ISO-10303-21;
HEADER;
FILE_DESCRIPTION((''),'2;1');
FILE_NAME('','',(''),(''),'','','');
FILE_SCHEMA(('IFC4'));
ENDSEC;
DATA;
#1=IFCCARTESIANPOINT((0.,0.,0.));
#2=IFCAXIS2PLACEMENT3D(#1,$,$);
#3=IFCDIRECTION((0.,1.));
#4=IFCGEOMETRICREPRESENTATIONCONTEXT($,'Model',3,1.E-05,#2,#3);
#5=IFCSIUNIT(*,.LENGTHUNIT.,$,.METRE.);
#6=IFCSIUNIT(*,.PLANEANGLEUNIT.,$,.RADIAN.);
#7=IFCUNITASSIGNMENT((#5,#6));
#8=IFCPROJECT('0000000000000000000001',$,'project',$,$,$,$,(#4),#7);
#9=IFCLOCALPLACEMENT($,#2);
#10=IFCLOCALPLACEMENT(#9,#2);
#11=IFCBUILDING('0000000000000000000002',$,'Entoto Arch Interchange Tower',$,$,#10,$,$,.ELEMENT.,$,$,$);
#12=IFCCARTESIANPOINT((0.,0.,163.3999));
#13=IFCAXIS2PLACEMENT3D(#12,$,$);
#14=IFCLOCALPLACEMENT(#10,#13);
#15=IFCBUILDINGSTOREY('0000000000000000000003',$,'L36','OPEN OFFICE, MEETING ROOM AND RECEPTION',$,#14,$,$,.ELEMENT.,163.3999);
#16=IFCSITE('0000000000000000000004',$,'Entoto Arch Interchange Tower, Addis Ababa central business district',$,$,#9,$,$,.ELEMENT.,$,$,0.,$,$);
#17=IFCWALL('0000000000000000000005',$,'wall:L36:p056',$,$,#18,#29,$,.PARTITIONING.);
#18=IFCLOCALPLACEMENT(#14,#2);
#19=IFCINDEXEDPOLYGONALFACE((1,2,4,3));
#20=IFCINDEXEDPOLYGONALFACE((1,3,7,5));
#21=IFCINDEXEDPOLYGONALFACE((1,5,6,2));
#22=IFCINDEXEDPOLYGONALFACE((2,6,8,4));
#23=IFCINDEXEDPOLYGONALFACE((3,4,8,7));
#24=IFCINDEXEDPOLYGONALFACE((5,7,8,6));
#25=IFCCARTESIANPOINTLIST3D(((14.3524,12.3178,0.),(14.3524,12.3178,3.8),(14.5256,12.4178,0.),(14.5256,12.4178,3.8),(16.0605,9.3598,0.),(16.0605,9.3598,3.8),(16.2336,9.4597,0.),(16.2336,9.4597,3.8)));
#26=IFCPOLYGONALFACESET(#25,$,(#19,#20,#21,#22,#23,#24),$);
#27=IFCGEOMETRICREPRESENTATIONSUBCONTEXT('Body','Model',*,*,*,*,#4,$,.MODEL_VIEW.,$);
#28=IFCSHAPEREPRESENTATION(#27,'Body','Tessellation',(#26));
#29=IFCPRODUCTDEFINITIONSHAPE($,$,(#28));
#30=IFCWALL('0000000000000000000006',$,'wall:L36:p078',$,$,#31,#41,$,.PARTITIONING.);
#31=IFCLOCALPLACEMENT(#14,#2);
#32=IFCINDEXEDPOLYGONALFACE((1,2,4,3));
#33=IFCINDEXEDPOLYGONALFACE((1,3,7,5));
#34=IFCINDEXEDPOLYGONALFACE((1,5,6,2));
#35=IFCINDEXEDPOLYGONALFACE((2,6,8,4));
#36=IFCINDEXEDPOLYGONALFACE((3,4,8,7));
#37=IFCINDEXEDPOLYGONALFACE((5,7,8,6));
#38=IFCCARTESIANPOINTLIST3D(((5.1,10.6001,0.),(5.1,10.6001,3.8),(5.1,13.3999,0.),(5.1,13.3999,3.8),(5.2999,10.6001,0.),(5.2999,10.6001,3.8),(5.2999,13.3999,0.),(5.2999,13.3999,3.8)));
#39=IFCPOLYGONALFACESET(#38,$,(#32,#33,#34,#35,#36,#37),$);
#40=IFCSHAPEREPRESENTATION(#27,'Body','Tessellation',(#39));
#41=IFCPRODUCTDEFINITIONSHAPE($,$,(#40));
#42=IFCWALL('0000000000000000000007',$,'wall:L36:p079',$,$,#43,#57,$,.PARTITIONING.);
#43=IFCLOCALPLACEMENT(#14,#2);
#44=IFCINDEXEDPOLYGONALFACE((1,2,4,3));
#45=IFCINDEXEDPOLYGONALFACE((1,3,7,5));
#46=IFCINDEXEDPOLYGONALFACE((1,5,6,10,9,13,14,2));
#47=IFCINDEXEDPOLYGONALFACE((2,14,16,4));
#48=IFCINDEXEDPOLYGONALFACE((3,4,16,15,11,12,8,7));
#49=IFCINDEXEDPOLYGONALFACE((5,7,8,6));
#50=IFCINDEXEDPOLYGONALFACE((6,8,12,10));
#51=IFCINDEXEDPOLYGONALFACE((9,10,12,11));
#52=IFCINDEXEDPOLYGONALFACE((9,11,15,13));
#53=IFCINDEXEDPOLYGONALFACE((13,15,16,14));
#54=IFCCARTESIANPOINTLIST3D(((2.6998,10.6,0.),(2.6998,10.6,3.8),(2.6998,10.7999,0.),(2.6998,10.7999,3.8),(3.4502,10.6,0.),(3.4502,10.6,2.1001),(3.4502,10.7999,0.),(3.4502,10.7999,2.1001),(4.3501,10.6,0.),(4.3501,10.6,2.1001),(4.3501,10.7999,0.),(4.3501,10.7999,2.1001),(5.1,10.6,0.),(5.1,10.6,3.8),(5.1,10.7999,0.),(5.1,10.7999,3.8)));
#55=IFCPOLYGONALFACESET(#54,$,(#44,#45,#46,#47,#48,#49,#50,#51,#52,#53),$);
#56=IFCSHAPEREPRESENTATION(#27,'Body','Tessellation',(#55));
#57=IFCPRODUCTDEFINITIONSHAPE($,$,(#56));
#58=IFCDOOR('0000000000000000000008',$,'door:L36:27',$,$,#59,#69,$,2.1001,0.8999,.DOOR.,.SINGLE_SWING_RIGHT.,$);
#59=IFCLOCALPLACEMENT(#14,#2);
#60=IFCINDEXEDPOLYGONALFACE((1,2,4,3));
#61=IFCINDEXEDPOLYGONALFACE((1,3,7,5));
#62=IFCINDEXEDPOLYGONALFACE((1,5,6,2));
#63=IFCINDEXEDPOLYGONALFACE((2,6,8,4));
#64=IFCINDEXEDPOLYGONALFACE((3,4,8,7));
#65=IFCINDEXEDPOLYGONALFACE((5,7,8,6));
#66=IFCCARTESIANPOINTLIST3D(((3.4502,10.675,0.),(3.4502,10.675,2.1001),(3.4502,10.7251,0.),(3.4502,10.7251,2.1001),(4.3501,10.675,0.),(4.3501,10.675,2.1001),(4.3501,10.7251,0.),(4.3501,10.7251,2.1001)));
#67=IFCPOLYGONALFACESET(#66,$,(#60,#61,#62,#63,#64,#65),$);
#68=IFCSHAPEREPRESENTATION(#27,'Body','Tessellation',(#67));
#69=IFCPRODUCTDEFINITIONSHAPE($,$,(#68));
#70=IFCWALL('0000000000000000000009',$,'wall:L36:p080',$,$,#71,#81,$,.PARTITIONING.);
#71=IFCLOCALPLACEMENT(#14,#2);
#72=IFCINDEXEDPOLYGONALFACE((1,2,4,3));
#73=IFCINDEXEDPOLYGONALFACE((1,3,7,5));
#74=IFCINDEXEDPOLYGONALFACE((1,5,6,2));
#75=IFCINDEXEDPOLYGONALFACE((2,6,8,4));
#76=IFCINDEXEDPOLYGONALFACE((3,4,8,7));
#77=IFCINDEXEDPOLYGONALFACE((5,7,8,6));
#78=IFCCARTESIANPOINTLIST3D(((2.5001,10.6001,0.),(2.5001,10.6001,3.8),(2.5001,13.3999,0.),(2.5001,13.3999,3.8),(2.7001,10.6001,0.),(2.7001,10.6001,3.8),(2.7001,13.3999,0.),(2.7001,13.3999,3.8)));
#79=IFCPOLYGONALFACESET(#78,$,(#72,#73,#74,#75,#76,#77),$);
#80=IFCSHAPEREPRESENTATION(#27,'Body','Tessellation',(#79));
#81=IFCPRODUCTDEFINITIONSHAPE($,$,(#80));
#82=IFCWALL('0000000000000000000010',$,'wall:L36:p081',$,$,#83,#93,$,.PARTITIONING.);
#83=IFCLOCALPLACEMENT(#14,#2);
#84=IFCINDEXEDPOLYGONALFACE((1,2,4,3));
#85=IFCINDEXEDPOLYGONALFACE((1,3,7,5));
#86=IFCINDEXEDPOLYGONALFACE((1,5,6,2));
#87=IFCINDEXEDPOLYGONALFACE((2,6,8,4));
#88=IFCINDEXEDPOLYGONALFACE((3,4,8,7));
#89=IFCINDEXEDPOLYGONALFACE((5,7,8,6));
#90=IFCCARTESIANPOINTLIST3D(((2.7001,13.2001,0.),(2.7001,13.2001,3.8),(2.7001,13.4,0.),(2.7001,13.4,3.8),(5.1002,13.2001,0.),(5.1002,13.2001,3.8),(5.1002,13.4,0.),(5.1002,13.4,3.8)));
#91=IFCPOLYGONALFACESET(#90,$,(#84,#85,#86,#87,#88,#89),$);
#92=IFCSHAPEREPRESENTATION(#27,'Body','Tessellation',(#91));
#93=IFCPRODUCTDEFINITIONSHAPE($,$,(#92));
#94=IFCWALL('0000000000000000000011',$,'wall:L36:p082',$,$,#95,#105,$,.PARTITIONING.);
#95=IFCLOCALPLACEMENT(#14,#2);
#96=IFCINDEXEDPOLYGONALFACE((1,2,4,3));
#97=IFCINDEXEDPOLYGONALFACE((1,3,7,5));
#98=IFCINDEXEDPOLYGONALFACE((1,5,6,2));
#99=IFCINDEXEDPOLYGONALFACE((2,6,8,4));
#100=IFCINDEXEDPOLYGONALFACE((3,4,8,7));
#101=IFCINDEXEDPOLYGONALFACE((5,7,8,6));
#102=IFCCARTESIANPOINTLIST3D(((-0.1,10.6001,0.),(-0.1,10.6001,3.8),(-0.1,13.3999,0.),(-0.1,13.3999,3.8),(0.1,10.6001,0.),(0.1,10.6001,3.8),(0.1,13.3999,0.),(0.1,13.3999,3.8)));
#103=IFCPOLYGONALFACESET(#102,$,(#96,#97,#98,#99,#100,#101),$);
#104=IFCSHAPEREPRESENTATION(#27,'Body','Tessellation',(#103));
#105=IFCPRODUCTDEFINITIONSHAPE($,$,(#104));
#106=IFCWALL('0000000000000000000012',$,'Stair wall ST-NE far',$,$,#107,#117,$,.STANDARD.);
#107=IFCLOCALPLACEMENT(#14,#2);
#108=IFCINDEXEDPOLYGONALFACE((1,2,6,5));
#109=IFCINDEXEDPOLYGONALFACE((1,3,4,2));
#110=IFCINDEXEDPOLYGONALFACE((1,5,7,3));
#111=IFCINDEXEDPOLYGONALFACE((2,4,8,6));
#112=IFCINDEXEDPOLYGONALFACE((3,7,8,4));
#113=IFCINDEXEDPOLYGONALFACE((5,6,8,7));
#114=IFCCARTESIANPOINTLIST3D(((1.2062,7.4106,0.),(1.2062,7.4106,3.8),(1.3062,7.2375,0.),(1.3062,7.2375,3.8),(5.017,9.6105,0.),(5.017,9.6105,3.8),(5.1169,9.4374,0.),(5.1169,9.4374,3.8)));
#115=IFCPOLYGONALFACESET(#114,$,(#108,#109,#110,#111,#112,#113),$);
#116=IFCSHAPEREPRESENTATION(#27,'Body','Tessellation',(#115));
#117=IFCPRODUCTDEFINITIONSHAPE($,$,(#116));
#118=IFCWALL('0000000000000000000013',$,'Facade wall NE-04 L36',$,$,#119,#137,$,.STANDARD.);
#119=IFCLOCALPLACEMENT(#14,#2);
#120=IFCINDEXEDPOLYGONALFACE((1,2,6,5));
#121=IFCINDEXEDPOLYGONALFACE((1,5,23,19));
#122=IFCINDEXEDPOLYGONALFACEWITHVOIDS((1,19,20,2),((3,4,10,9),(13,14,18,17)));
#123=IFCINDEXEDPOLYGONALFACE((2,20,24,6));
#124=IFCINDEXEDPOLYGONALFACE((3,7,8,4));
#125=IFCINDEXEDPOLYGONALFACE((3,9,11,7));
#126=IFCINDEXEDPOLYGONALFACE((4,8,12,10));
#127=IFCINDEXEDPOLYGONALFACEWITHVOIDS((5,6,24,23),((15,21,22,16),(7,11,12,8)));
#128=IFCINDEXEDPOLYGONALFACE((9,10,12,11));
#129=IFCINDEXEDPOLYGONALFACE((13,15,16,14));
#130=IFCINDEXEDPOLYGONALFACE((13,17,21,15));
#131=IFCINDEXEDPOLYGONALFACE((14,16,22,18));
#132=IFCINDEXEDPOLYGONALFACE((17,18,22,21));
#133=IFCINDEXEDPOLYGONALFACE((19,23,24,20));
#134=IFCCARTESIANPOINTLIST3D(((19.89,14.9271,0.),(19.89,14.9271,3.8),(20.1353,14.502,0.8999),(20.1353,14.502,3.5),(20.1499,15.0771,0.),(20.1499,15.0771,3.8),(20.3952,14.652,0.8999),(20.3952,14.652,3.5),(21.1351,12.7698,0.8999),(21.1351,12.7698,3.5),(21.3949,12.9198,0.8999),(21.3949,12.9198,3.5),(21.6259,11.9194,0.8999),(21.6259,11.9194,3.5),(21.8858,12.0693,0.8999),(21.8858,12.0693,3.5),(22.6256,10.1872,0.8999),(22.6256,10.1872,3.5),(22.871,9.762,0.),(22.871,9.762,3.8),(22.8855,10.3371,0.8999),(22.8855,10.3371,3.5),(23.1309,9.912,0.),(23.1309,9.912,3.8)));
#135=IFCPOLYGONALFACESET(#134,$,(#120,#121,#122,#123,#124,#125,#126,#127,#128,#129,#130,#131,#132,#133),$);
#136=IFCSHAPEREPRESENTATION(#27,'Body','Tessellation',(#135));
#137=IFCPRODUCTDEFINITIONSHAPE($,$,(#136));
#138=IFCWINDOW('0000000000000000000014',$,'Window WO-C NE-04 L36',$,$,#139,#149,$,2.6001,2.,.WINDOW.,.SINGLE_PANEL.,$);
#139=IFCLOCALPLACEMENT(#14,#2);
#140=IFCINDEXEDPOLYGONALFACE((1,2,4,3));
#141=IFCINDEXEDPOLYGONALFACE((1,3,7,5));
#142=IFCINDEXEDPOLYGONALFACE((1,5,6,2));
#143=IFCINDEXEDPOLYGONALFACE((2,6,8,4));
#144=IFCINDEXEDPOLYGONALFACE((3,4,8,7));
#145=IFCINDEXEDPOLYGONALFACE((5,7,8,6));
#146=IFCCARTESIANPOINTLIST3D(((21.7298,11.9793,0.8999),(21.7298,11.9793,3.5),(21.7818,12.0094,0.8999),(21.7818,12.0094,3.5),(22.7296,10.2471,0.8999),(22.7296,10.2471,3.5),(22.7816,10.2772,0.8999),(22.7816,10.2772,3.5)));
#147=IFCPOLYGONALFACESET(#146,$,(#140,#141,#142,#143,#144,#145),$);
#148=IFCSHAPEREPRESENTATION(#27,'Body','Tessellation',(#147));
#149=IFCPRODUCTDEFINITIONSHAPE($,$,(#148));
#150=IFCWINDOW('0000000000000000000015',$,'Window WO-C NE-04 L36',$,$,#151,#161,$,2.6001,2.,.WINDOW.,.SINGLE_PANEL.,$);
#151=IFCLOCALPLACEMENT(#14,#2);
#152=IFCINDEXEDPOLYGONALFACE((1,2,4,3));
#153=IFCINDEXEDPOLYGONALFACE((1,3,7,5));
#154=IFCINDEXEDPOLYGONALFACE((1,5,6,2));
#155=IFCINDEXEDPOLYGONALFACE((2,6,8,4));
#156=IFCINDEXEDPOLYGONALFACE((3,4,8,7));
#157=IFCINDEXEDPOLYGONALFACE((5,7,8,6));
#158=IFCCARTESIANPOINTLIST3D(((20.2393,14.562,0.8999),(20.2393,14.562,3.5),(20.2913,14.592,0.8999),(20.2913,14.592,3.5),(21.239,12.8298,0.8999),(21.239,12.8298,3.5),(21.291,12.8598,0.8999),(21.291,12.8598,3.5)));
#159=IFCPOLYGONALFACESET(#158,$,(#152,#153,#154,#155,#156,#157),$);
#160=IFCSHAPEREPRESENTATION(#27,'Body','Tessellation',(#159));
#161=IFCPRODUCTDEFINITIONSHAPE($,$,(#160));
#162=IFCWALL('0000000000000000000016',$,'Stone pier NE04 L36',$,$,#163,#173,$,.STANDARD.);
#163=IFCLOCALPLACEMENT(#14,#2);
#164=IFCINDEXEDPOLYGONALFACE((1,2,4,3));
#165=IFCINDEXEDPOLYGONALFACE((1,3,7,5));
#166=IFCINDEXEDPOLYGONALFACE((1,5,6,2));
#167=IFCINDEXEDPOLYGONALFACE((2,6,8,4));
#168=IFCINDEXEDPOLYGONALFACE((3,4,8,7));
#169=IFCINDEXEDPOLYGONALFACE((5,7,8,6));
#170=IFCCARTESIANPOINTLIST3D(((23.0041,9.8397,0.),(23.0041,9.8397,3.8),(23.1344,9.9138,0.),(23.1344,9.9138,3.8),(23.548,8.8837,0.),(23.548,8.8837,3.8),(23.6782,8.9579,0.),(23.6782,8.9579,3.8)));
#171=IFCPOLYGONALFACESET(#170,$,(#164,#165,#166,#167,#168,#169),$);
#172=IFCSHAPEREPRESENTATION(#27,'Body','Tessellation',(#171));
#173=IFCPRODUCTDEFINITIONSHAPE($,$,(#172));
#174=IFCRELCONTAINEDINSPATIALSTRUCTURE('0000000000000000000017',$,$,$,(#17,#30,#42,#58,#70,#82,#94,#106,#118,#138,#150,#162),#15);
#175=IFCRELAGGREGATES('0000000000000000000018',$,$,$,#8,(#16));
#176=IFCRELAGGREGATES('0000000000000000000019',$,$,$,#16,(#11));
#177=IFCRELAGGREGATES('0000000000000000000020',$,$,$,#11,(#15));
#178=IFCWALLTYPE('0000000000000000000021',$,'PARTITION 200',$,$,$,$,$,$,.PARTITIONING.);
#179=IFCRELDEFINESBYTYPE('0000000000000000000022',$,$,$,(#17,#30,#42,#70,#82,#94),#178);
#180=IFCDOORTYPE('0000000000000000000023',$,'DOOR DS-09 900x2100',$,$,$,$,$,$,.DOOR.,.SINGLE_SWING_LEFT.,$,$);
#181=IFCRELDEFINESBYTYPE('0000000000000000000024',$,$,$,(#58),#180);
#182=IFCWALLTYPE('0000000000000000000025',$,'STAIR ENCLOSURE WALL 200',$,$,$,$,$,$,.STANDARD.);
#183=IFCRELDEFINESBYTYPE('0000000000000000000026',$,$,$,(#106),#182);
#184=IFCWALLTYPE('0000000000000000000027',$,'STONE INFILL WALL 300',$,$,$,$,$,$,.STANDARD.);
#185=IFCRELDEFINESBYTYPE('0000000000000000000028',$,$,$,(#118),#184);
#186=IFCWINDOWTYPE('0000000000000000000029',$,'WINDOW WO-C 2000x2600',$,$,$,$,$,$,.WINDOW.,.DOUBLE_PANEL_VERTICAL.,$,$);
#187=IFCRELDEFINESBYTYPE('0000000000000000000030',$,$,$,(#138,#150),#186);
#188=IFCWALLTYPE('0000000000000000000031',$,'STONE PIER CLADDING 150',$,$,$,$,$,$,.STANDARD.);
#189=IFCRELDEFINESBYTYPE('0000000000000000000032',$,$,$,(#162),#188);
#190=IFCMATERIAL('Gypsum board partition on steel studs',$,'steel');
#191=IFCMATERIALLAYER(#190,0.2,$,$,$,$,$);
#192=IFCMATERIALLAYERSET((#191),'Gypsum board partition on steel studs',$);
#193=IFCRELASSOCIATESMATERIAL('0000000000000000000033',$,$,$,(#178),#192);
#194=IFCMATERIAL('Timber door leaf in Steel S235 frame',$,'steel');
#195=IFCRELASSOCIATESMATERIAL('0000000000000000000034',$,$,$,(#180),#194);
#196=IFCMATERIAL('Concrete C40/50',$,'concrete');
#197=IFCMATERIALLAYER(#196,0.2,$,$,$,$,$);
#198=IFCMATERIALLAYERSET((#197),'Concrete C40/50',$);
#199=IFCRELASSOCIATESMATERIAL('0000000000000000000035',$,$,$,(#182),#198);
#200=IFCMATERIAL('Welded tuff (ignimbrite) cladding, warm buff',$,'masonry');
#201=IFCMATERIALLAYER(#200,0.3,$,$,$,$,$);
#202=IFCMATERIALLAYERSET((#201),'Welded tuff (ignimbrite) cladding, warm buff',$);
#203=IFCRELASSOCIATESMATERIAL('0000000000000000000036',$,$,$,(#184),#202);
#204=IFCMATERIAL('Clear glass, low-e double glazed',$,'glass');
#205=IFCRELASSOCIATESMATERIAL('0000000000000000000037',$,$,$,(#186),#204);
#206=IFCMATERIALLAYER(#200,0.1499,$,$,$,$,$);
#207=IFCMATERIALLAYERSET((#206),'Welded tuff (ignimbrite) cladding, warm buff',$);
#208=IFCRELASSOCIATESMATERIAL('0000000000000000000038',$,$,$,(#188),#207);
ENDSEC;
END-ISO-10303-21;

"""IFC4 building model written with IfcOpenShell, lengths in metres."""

from ifc_helpers import new_model, si_unit, direction, frame, frame_2d, origin, place, context, subcontext, project, spatial, rectangle, extrude, material, layer, layer_set, type_object, element, fill, save


model = new_model("IFC4")

# Units and contexts
model_context = context("Model", 3, precision=1e-05, world=origin(), true_north=direction((0.0, 1.0)))
body_context = subcontext(model_context, "Body", "Model", "MODEL_VIEW")
ifc_project = project(units=[si_unit("LENGTHUNIT", "METRE"), si_unit("PLANEANGLEUNIT", "RADIAN")], contexts=[model_context])

# Site, building, storey
site_placement = place(None, origin())
site = spatial("IfcSite", under=ifc_project, at=site_placement, Name="Entoto Arch Interchange Tower, Addis Ababa central business district", CompositionType="ELEMENT", RefElevation=0.0)
building_placement = place(site_placement, origin())
building = spatial("IfcBuilding", under=site, at=building_placement, Name="Entoto Arch Interchange Tower", CompositionType="ELEMENT")
storey_placement = place(building_placement, frame((0.0, 0.0, 163.3999)))
storey = spatial("IfcBuildingStorey", under=building, at=storey_placement, Name="L36", Description="OPEN OFFICE, MEETING ROOM AND RECEPTION", CompositionType="ELEMENT", Elevation=163.3999)

# Shared definitions
ifc_material_1 = material(Name="Gypsum board partition on steel studs", Category="steel")
ifc_layer_1 = layer(ifc_material_1, 0.2)
ifc_layer_set_1 = layer_set([ifc_layer_1], Name="Gypsum board partition on steel studs")
wall_type_1 = type_object("IfcWallType", Name="PARTITION 200", PredefinedType="PARTITIONING", material=ifc_layer_set_1)

# Shared definitions
ifc_material_2 = material(Name="Timber door leaf in Steel S235 frame", Category="steel")

# Walls
wall_1_placement = place(storey_placement, frame((14.439, 12.3679, 0.0), z_axis=(0.0, 0.0, 1.0), x_axis=(0.500044, -0.866, 0.0)))
element("IfcWall", 1, at=wall_1_placement, inside=storey, type_object=wall_type_1, Name="wall:L36:p056", PredefinedType="PARTITIONING", context=body_context, shape_type="SweptSolid", body=[
    extrude(rectangle(XDim=3.4158, YDim=0.2, at=frame_2d((1.708, 0.0))), origin(), (0.0, 0.0, 1.0), 3.8),
])
wall_2_placement = place(storey_placement, frame((5.2, 13.3999, 0.0), z_axis=(0.0, 0.0, 1.0), x_axis=(0.0, -1.0, 0.0)))
element("IfcWall", 2, at=wall_2_placement, inside=storey, type_object=wall_type_1, Name="wall:L36:p078", PredefinedType="PARTITIONING", context=body_context, shape_type="SweptSolid", body=[
    extrude(rectangle(XDim=2.7998, YDim=0.2, at=frame_2d((1.3999, 0.0))), origin(), (0.0, 0.0, 1.0), 3.8),
])

# Wall, opening, door
wall_3_placement = place(storey_placement, frame((5.1001, 10.7, 0.0), z_axis=(0.0, 0.0, 1.0), x_axis=(-1.0, 0.0, 0.0)))
wall_3 = element("IfcWall", 3, at=wall_3_placement, inside=storey, type_object=wall_type_1, Name="wall:L36:p079", PredefinedType="PARTITIONING", context=body_context, shape_type="SweptSolid", body=[
    extrude(rectangle(XDim=2.4001, YDim=0.2, at=frame_2d((1.2002, 0.0))), origin(), (0.0, 0.0, 1.0), 3.8),
])
opening_1_placement = place(wall_3_placement, frame((0.75, 0.0, 0.0)))
opening_1 = element("IfcOpeningElement", 4, at=opening_1_placement, cuts=wall_3, PredefinedType="OPENING", context=body_context, shape_type="SweptSolid", body=[
    extrude(rectangle(XDim=0.8999, YDim=2.1001, at=frame_2d((0.45, 1.05))), frame((0.0, 0.1099, 0.0), z_axis=(0.0, -1.0, 0.0), x_axis=(1.0, 0.0, 0.0)), (0.0, 0.0, 1.0), 0.22),
])
door_type_1 = type_object("IfcDoorType", Name="DOOR DS-09 900x2100", OperationType="SINGLE_SWING_LEFT", PredefinedType="DOOR", material=ifc_material_2)
door_1_placement = place(opening_1_placement, origin())
door_1 = element("IfcDoor", 5, at=door_1_placement, inside=storey, type_object=door_type_1, Name="door:L36:27", OperationType="SINGLE_SWING_RIGHT", OverallHeight=2.1001, OverallWidth=0.8999, PredefinedType="DOOR", context=body_context, shape_type="SweptSolid", body=[
    extrude(rectangle(XDim=0.8999, YDim=2.1001, at=frame_2d((0.45, 1.05))), frame((0.0, 0.0249, 0.0), z_axis=(0.0, -1.0, 0.0), x_axis=(1.0, 0.0, 0.0)), (0.0, 0.0, 1.0), 0.05),
])
fill(opening_1, door_1)

# Walls
wall_4_placement = place(storey_placement, frame((2.6001, 10.6001, 0.0), z_axis=(0.0, 0.0, 1.0), x_axis=(0.0, 1.0, 0.0)))
element("IfcWall", 6, at=wall_4_placement, inside=storey, type_object=wall_type_1, Name="wall:L36:p080", PredefinedType="PARTITIONING", context=body_context, shape_type="SweptSolid", body=[
    extrude(rectangle(XDim=2.7998, YDim=0.2, at=frame_2d((1.3999, 0.0))), origin(), (0.0, 0.0, 1.0), 3.8),
])
wall_5_placement = place(storey_placement, frame((2.7, 13.3, 0.0), z_axis=(0.0, 0.0, 1.0), x_axis=(1.0, 0.0, 0.0)))
element("IfcWall", 7, at=wall_5_placement, inside=storey, type_object=wall_type_1, Name="wall:L36:p081", PredefinedType="PARTITIONING", context=body_context, shape_type="SweptSolid", body=[
    extrude(rectangle(XDim=2.4001, YDim=0.2, at=frame_2d((1.2002, 0.0))), origin(), (0.0, 0.0, 1.0), 3.8),
])
wall_6_placement = place(storey_placement, frame((0.0, 13.3999, 0.0), z_axis=(0.0, 0.0, 1.0), x_axis=(0.0, -1.0, 0.0)))
element("IfcWall", 8, at=wall_6_placement, inside=storey, type_object=wall_type_1, Name="wall:L36:p082", PredefinedType="PARTITIONING", context=body_context, shape_type="SweptSolid", body=[
    extrude(rectangle(XDim=2.7998, YDim=0.2, at=frame_2d((1.3999, 0.0))), origin(), (0.0, 0.0, 1.0), 3.8),
])
ifc_material_3 = material(Name="Concrete C40/50", Category="concrete")
ifc_layer_2 = layer(ifc_material_3, 0.2)
ifc_layer_set_2 = layer_set([ifc_layer_2], Name="Concrete C40/50")
wall_type_2 = type_object("IfcWallType", Name="STAIR ENCLOSURE WALL 200", PredefinedType="STANDARD", material=ifc_layer_set_2)
wall_7_placement = place(storey_placement, frame((1.2561, 7.324, 0.0), z_axis=(0.0, 0.0, 1.0), x_axis=(0.866046, 0.499964, 0.0)))
element("IfcWall", 9, at=wall_7_placement, inside=storey, type_object=wall_type_2, Name="Stair wall ST-NE far", PredefinedType="STANDARD", context=body_context, shape_type="SweptSolid", body=[
    extrude(rectangle(XDim=4.4001, YDim=0.2, at=frame_2d((2.2002, 0.0))), origin(), (0.0, 0.0, 1.0), 3.8),
])

# Wall, openings, windows
ifc_material_4 = material(Name="Welded tuff (ignimbrite) cladding, warm buff", Category="masonry")
ifc_layer_3 = layer(ifc_material_4, 0.3)
ifc_layer_set_3 = layer_set([ifc_layer_3], Name="Welded tuff (ignimbrite) cladding, warm buff")
wall_type_3 = type_object("IfcWallType", Name="STONE INFILL WALL 300", PredefinedType="STANDARD", material=ifc_layer_set_3)
wall_8_placement = place(storey_placement, frame((23.001, 9.8369, 0.0), z_axis=(0.0, 0.0, 1.0), x_axis=(-0.499864, 0.866104, 0.0)))
wall_8 = element("IfcWall", 10, at=wall_8_placement, inside=storey, type_object=wall_type_3, Name="Facade wall NE-04 L36", PredefinedType="STANDARD", context=body_context, shape_type="SweptSolid", body=[
    extrude(rectangle(XDim=5.9636, YDim=0.3, at=frame_2d((2.9819, 0.0))), origin(), (0.0, 0.0, 1.0), 3.8),
])
opening_2_placement = place(wall_8_placement, frame((0.491, 0.0, 0.8999)))
opening_2 = element("IfcOpeningElement", 11, at=opening_2_placement, cuts=wall_8, PredefinedType="OPENING", context=body_context, shape_type="SweptSolid", body=[
    extrude(rectangle(XDim=2.0, YDim=2.6001, at=frame_2d((1.0, 1.3))), frame((0.0, 0.1602, 0.0), z_axis=(0.0, -1.0, 0.0), x_axis=(1.0, 0.0, 0.0)), (0.0, 0.0, 1.0), 0.3201),
])
opening_3_placement = place(wall_8_placement, frame((3.4729, 0.0, 0.8999)))
opening_3 = element("IfcOpeningElement", 12, at=opening_3_placement, cuts=wall_8, PredefinedType="OPENING", context=body_context, shape_type="SweptSolid", body=[
    extrude(rectangle(XDim=2.0, YDim=2.6001, at=frame_2d((1.0, 1.3))), frame((0.0, 0.1602, 0.0), z_axis=(0.0, -1.0, 0.0), x_axis=(1.0, 0.0, 0.0)), (0.0, 0.0, 1.0), 0.3201),
])
ifc_material_5 = material(Name="Clear glass, low-e double glazed", Category="glass")
window_type = type_object("IfcWindowType", Name="WINDOW WO-C 2000x2600", PartitioningType="DOUBLE_PANEL_VERTICAL", PredefinedType="WINDOW", material=ifc_material_5)
window_1_placement = place(opening_2_placement, origin())
window_1 = element("IfcWindow", 13, at=window_1_placement, inside=storey, type_object=window_type, Name="Window WO-C NE-04 L36", OverallHeight=2.6001, OverallWidth=2.0, PartitioningType="SINGLE_PANEL", PredefinedType="WINDOW", context=body_context, shape_type="SweptSolid", body=[
    extrude(rectangle(XDim=2.0, YDim=2.6001, at=frame_2d((1.0, 1.3))), frame((0.0, 0.03, 0.0), z_axis=(0.0, -1.0, 0.0), x_axis=(1.0, 0.0, 0.0)), (0.0, 0.0, 1.0), 0.0601),
])
fill(opening_2, window_1)
window_2_placement = place(opening_3_placement, origin())
window_2 = element("IfcWindow", 14, at=window_2_placement, inside=storey, type_object=window_type, Name="Window WO-C NE-04 L36", OverallHeight=2.6001, OverallWidth=2.0, PartitioningType="SINGLE_PANEL", PredefinedType="WINDOW", context=body_context, shape_type="SweptSolid", body=[
    extrude(rectangle(XDim=2.0, YDim=2.6001, at=frame_2d((1.0, 1.3))), frame((0.0, 0.03, 0.0), z_axis=(0.0, -1.0, 0.0), x_axis=(1.0, 0.0, 0.0)), (0.0, 0.0, 1.0), 0.0601),
])
fill(opening_3, window_2)

# Wall
ifc_layer_4 = layer(ifc_material_4, 0.1499)
ifc_layer_set_4 = layer_set([ifc_layer_4], Name="Welded tuff (ignimbrite) cladding, warm buff")
wall_type_4 = type_object("IfcWallType", Name="STONE PIER CLADDING 150", PredefinedType="STANDARD", material=ifc_layer_set_4)
wall_9_placement = place(storey_placement, frame((23.613, 8.9209, 0.0), z_axis=(0.0, 0.0, 1.0), x_axis=(-0.494513, 0.86917, 0.0)))
element("IfcWall", 15, at=wall_9_placement, inside=storey, type_object=wall_type_4, Name="Stone pier NE04 L36", PredefinedType="STANDARD", context=body_context, shape_type="SweptSolid", body=[
    extrude(rectangle(XDim=1.0999, YDim=0.1499, at=frame_2d((0.5498, 0.0))), origin(), (0.0, 0.0, 1.0), 3.8),
])

save(model, "model.ifc")
